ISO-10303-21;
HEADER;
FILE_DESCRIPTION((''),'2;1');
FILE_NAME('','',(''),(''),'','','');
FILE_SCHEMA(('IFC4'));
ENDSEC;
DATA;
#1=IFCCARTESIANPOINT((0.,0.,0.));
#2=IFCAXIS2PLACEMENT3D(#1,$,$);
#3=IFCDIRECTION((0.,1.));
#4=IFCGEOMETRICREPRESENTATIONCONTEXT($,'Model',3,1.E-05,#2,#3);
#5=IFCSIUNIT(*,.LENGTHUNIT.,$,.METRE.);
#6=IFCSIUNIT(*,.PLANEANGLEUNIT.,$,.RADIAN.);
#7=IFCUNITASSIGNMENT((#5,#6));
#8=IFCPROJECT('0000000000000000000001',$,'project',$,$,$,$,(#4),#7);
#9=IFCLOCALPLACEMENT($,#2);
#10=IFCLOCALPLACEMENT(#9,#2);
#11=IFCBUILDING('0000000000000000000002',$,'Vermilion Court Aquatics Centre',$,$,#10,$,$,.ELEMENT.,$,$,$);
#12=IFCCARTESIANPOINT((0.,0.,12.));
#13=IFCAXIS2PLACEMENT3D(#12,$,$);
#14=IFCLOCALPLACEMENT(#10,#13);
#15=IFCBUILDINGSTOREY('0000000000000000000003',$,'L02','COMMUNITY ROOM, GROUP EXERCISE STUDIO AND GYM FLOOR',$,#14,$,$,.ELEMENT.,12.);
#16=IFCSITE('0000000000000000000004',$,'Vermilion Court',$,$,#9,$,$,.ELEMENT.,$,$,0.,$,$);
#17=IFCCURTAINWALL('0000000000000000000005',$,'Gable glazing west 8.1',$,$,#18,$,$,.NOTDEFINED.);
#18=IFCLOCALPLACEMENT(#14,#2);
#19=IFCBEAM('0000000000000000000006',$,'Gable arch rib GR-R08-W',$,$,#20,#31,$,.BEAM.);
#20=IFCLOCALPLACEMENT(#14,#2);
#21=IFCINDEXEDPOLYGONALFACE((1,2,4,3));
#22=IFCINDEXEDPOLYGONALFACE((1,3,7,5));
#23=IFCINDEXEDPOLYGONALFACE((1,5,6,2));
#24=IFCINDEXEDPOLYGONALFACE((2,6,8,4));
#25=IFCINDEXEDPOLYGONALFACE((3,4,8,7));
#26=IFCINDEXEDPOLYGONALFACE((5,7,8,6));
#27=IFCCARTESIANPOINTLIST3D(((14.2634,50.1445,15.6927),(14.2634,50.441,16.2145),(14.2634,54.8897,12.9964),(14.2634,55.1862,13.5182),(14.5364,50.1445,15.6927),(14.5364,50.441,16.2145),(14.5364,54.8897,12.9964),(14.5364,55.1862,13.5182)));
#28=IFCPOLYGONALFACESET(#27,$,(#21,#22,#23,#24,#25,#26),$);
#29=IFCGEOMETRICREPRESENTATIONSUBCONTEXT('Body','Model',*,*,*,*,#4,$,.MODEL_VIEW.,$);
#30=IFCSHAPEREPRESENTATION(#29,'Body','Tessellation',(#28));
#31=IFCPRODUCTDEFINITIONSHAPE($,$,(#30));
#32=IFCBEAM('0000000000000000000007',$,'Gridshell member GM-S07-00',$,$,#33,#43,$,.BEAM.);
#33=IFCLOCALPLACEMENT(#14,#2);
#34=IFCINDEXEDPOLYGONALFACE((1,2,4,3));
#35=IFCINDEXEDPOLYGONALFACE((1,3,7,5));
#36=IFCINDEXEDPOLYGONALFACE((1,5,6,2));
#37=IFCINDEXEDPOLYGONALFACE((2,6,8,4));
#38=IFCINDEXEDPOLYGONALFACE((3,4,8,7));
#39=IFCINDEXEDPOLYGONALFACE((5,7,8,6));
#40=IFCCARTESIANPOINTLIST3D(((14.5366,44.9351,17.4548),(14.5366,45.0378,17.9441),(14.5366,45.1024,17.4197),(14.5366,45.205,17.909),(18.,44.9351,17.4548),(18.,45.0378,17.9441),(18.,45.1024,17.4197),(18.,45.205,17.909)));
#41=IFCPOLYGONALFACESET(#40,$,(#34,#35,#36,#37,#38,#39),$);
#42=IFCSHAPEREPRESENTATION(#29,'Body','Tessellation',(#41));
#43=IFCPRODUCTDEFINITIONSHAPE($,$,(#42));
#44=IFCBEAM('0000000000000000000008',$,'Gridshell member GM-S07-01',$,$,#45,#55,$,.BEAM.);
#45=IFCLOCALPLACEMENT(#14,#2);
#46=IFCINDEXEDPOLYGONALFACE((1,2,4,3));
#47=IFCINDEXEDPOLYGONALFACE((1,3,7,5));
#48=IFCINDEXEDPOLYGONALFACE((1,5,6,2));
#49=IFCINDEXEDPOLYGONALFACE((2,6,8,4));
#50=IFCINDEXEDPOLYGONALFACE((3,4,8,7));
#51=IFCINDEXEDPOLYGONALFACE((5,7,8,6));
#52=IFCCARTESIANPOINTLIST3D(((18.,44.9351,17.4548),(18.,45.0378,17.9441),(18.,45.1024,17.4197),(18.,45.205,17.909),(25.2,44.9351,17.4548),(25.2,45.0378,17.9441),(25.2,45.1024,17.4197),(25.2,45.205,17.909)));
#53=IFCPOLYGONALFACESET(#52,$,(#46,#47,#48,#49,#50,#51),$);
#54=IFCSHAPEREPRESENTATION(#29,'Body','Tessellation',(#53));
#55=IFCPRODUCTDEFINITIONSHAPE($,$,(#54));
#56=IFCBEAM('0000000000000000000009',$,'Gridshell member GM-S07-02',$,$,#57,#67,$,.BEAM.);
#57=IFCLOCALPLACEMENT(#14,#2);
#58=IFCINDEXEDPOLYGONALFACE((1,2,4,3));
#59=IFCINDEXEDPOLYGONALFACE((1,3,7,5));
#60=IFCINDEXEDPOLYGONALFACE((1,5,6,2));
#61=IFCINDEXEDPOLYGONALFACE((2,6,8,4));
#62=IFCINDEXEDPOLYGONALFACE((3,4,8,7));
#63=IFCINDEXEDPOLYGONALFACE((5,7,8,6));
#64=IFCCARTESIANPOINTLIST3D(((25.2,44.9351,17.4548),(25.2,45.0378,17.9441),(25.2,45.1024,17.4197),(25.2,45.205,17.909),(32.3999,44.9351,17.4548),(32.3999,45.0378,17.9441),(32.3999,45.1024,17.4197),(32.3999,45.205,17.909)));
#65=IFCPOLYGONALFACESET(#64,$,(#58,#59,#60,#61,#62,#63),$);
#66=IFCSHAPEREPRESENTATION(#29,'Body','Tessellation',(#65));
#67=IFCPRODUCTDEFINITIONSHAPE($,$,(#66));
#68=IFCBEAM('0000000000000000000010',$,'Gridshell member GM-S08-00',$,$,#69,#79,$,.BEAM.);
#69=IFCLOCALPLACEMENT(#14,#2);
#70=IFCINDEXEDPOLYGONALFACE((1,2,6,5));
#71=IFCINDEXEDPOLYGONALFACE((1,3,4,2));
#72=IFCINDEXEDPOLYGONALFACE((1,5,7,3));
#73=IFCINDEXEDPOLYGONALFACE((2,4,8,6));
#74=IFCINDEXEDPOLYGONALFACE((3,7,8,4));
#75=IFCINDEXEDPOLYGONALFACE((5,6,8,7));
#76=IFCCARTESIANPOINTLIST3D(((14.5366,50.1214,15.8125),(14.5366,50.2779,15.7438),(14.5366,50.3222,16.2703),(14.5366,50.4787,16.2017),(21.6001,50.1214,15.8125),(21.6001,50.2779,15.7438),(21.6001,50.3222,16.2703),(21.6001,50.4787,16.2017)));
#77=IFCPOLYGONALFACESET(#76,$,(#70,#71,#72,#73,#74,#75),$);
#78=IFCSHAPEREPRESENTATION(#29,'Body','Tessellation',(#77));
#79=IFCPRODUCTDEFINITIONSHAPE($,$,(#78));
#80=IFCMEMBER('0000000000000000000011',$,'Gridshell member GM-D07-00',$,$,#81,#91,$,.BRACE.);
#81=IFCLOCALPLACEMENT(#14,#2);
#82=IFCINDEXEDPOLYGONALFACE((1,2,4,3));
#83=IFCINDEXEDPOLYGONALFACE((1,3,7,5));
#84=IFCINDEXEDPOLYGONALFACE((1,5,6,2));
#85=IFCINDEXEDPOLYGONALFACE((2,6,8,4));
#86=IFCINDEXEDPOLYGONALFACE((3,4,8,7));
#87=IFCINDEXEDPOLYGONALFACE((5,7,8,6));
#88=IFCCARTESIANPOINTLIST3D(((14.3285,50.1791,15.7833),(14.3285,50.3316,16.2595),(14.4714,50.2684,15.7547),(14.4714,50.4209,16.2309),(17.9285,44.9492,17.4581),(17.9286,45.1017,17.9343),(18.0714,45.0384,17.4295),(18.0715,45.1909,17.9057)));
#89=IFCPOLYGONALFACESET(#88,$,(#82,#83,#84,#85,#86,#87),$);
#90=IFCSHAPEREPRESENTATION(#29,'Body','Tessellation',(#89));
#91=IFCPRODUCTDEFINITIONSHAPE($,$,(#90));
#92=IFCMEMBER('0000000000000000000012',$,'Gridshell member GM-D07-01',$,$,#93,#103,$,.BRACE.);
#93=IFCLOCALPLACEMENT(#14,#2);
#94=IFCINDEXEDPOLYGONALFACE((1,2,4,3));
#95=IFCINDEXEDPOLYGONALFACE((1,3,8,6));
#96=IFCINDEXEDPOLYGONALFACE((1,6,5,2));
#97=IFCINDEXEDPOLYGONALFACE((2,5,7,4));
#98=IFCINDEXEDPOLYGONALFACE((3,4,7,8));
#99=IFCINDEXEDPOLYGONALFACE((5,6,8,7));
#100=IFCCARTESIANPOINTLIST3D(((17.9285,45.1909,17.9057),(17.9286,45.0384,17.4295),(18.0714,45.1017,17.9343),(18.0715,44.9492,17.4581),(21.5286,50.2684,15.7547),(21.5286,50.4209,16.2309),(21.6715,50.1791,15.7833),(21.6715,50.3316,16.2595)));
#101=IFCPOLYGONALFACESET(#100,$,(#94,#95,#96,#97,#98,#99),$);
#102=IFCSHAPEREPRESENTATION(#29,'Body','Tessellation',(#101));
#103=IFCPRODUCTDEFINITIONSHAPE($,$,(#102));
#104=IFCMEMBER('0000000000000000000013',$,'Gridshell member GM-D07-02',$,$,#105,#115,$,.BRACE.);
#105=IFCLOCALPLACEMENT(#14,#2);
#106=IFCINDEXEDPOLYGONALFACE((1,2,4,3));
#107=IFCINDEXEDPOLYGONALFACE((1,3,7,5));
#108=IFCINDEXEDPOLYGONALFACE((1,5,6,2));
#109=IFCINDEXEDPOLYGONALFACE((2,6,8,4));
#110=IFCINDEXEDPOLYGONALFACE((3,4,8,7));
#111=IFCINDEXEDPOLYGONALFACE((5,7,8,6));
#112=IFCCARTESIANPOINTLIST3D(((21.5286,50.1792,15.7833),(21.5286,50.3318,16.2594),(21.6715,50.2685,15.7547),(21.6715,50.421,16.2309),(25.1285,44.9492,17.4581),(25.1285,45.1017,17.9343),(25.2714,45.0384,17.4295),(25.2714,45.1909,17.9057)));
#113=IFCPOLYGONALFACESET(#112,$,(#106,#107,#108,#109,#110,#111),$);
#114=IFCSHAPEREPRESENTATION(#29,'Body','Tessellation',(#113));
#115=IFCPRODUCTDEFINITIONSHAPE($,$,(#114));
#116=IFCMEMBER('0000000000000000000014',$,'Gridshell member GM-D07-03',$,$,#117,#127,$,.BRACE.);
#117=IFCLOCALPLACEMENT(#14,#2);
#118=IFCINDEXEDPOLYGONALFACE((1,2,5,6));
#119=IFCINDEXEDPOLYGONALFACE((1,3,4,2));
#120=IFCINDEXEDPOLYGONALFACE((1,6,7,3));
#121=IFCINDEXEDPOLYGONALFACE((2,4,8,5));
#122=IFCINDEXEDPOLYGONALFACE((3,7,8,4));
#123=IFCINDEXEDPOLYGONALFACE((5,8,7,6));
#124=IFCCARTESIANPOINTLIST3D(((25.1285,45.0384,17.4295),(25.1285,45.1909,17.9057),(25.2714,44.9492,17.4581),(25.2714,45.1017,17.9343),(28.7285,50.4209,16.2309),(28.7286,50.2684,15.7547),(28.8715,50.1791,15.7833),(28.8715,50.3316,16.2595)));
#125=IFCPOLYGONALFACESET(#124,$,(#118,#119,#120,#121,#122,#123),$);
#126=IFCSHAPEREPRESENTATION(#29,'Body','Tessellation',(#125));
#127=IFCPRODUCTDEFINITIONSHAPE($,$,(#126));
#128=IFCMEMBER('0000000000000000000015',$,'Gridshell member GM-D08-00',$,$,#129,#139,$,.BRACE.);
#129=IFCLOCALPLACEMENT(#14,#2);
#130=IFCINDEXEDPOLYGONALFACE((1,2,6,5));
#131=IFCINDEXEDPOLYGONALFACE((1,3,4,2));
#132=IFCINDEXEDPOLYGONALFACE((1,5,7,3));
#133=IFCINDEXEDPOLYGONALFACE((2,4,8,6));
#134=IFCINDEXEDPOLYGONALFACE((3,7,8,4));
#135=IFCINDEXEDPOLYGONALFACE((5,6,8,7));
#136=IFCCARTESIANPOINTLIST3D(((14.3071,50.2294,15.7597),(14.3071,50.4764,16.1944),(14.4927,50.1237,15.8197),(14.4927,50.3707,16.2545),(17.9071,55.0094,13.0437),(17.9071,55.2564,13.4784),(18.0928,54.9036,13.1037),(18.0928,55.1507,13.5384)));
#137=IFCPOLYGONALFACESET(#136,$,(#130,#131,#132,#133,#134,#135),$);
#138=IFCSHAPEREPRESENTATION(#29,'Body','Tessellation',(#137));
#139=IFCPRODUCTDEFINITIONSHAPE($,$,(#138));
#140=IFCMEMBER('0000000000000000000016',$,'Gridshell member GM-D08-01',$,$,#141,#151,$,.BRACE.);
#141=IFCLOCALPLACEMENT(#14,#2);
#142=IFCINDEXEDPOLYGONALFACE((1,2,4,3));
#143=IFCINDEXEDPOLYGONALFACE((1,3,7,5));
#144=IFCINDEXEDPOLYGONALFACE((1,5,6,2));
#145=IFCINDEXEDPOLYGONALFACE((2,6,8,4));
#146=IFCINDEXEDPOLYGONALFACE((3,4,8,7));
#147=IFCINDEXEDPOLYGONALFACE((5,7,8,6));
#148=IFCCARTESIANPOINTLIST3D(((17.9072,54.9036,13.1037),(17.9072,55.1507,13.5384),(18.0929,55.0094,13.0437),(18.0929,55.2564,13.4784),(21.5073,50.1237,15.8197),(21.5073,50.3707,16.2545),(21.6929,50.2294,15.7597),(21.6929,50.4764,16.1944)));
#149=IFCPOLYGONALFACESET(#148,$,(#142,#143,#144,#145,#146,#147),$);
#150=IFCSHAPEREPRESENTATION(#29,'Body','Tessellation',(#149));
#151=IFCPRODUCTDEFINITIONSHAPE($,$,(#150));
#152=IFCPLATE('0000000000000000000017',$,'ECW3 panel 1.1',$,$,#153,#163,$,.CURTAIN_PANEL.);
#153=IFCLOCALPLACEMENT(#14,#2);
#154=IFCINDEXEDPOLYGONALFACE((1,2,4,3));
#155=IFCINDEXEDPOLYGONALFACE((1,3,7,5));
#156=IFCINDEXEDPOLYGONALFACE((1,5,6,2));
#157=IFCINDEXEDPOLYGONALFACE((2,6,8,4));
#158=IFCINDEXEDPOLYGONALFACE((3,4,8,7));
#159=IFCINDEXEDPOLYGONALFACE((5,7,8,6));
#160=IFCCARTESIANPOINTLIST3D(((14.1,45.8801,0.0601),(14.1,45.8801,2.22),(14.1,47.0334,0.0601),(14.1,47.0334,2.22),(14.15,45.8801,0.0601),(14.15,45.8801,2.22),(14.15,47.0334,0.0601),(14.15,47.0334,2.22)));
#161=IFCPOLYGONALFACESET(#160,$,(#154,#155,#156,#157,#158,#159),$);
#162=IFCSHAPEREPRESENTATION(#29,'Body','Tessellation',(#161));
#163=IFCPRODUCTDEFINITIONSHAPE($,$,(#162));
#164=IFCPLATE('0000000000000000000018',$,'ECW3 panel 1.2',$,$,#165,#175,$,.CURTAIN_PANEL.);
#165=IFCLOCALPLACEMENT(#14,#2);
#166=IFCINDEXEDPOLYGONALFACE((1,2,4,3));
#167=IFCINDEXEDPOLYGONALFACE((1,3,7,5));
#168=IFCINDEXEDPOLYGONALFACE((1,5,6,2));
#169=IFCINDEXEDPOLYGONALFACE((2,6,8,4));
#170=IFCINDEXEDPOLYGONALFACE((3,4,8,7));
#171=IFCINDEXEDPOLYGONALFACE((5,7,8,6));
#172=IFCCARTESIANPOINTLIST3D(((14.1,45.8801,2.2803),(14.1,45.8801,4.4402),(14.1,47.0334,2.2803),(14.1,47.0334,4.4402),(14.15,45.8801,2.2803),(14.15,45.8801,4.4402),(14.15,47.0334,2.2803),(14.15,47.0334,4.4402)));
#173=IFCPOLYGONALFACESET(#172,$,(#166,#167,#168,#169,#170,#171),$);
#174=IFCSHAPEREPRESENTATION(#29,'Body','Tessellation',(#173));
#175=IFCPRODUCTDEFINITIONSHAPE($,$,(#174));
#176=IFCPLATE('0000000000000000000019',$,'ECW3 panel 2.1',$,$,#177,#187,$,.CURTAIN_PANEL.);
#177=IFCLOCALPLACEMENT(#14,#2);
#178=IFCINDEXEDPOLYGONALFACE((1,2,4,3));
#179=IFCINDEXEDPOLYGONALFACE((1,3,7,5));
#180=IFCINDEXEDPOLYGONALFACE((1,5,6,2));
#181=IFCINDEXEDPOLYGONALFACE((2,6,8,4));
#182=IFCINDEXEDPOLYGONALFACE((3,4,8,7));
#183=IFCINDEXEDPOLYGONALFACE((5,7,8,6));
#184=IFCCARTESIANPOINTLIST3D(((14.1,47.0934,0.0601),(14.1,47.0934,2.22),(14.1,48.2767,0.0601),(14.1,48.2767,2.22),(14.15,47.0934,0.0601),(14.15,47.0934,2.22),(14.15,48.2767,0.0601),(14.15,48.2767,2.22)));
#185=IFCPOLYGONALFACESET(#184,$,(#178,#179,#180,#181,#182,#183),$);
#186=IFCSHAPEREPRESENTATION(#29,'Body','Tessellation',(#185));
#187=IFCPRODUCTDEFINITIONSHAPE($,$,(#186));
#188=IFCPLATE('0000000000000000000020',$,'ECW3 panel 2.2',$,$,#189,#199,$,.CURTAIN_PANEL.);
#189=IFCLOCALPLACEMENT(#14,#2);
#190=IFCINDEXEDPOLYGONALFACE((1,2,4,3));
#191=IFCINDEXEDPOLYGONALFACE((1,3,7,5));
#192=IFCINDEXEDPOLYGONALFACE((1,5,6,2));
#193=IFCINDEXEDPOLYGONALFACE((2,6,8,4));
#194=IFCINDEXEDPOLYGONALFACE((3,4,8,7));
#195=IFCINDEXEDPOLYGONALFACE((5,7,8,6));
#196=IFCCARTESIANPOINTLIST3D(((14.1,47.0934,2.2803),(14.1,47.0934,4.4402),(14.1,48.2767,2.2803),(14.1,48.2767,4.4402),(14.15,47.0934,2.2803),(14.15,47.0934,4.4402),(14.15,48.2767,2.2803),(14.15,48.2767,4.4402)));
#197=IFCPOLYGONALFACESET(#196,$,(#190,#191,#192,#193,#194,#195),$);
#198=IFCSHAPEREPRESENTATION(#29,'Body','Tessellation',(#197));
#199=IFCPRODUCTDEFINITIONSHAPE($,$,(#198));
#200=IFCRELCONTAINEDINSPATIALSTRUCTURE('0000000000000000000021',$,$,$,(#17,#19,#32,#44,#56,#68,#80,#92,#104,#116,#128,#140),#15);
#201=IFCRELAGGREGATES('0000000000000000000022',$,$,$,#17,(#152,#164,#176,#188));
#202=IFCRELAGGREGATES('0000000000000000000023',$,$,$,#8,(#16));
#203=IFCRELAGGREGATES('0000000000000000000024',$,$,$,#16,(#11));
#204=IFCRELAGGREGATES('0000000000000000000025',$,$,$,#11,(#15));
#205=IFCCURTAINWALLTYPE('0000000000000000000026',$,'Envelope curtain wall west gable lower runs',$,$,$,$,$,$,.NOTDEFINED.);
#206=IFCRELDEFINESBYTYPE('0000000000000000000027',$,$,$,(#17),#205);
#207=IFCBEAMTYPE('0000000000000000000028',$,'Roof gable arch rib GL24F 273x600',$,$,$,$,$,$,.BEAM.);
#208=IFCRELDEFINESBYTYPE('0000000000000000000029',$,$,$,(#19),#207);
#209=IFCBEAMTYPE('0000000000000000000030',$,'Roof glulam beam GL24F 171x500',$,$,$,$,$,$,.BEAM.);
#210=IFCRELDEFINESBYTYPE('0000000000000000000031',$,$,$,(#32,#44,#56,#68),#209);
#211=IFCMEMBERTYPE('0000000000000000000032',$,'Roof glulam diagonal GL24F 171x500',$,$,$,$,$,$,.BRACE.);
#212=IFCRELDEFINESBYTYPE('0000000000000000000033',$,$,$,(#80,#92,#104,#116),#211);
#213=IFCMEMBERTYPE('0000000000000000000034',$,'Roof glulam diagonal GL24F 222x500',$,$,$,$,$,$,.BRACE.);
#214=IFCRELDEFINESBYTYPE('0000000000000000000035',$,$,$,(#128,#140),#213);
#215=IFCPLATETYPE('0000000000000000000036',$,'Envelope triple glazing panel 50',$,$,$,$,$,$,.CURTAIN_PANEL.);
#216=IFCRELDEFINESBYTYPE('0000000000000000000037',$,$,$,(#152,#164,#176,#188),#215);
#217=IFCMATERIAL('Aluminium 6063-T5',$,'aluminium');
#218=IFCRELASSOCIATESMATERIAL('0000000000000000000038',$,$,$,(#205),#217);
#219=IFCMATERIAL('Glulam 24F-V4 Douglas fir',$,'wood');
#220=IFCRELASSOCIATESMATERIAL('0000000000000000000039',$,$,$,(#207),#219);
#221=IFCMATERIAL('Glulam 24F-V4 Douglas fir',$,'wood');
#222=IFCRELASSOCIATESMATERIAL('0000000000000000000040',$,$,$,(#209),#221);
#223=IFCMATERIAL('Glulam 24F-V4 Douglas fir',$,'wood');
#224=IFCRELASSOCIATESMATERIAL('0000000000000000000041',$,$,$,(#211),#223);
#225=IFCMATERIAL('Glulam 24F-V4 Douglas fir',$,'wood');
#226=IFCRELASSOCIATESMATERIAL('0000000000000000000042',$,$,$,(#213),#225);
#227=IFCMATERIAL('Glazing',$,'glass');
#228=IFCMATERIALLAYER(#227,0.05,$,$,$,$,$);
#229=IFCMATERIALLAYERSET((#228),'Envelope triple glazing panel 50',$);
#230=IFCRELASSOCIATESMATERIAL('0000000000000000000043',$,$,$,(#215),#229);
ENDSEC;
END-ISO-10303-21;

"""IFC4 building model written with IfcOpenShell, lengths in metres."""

from ifc_helpers import new_model, si_unit, direction, frame, origin, origin_2d, place, context, subcontext, project, spatial, rectangle, extrude, material, layer, layer_set, material_profile, profile_set, type_object, element, aggregate, save


model = new_model("IFC4")

# Units and contexts
model_context = context("Model", 3, precision=1e-05, world=origin(), true_north=direction((0.0, 1.0)))
body_context = subcontext(model_context, "Body", "Model", "MODEL_VIEW")
ifc_project = project(units=[si_unit("LENGTHUNIT", "METRE"), si_unit("PLANEANGLEUNIT", "RADIAN")], contexts=[model_context])

# Site, building, storey
site_placement = place(None, origin())
site = spatial("IfcSite", under=ifc_project, at=site_placement, Name="Vermilion Court", CompositionType="ELEMENT", RefElevation=0.0)
building_placement = place(site_placement, origin())
building = spatial("IfcBuilding", under=site, at=building_placement, Name="Vermilion Court Aquatics Centre", CompositionType="ELEMENT")
storey_placement = place(building_placement, frame((0.0, 0.0, 12.0)))
storey = spatial("IfcBuildingStorey", under=building, at=storey_placement, Name="L02", Description="COMMUNITY ROOM, GROUP EXERCISE STUDIO AND GYM FLOOR", CompositionType="ELEMENT", Elevation=12.0)

# Curtain wall
ifc_material_1 = material(Name="Aluminium 6063-T5", Category="aluminium")
curtain_wall_type = type_object("IfcCurtainWallType", Name="Envelope curtain wall west gable lower runs", PredefinedType="NOTDEFINED", material=ifc_material_1)
curtain_wall_placement = place(storey_placement, origin())
curtain_wall = element("IfcCurtainWall", 1, at=curtain_wall_placement, inside=storey, type_object=curtain_wall_type, Name="Gable glazing west 8.1", PredefinedType="NOTDEFINED")

# Beams
ifc_material_2 = material(Name="Glulam 24F-V4 Douglas fir", Category="wood")
ifc_material_profile_1 = material_profile(ifc_material_2, rectangle(XDim=0.2729, YDim=0.6001, at=origin_2d()), Name="GL24F 273x600")
ifc_profile_set_1 = profile_set([ifc_material_profile_1], Name="Glulam 24F-V4 Douglas fir")
beam_type_1 = type_object("IfcBeamType", Name="Roof gable arch rib GL24F 273x600", PredefinedType="BEAM", material=ifc_profile_set_1)
beam_1_placement = place(storey_placement, frame((14.3999, 50.2927, 15.9536), z_axis=(0.0, 0.869441, -0.494037), x_axis=(-1.0, 0.0, 0.0)))
element("IfcBeam", 2, at=beam_1_placement, inside=storey, type_object=beam_type_1, Name="Gable arch rib GR-R08-W", PredefinedType="BEAM", context=body_context, shape_type="SweptSolid", body=[
    extrude(rectangle(XDim=0.2729, YDim=0.6001, at=origin_2d()), origin(), (0.0, 0.0, 1.0), 5.4578),
])
ifc_material_3 = material(Name="Glulam 24F-V4 Douglas fir", Category="wood")
ifc_material_profile_2 = material_profile(ifc_material_3, rectangle(XDim=0.1709, YDim=0.5, at=origin_2d()), Name="GL24F 171x500")
ifc_profile_set_2 = profile_set([ifc_material_profile_2], Name="Glulam 24F-V4 Douglas fir")
beam_type_2 = type_object("IfcBeamType", Name="Roof glulam beam GL24F 171x500", PredefinedType="BEAM", material=ifc_profile_set_2)
beam_2_placement = place(storey_placement, frame((14.5366, 45.0701, 17.6819), z_axis=(1.0, 0.0, 0.0), x_axis=(0.0, 0.978692, -0.205333)))
element("IfcBeam", 3, at=beam_2_placement, inside=storey, type_object=beam_type_2, Name="Gridshell member GM-S07-00", PredefinedType="BEAM", context=body_context, shape_type="SweptSolid", body=[
    extrude(rectangle(XDim=0.1709, YDim=0.5, at=origin_2d()), origin(), (0.0, 0.0, 1.0), 3.4634),
])
for number, where, z_axis, x_axis, name in (
    (4, (18.0, 45.0701, 17.6819), (1.0, 0.0, 0.0), (0.0, 0.978692, -0.205333), "Gridshell member GM-S07-01"),
    (5, (25.2, 45.0701, 17.6819), (1.0, 0.0, 0.0), (0.0, 0.978692, -0.205333), "Gridshell member GM-S07-02"),
):
    element("IfcBeam", number, at=place(storey_placement, frame(where, z_axis=z_axis, x_axis=x_axis)), inside=storey, type_object=beam_type_2, Name=name, PredefinedType="BEAM", context=body_context, shape_type="SweptSolid", body=[
        extrude(rectangle(XDim=0.1709, YDim=0.5, at=origin_2d()), origin(), (0.0, 0.0, 1.0), 7.2),
    ])
beam_3_placement = place(storey_placement, frame((14.5366, 50.3, 16.0071), z_axis=(1.0, 0.0, 0.0), x_axis=(0.0, 0.915794, -0.401648)))
element("IfcBeam", 6, at=beam_3_placement, inside=storey, type_object=beam_type_2, Name="Gridshell member GM-S08-00", PredefinedType="BEAM", context=body_context, shape_type="SweptSolid", body=[
    extrude(rectangle(XDim=0.1709, YDim=0.5, at=origin_2d()), origin(), (0.0, 0.0, 1.0), 7.0635),
])

# Members
ifc_material_4 = material(Name="Glulam 24F-V4 Douglas fir", Category="wood")
ifc_material_profile_3 = material_profile(ifc_material_4, rectangle(XDim=0.1709, YDim=0.5, at=origin_2d()), Name="GL24F 171x500")
ifc_profile_set_3 = profile_set([ifc_material_profile_3], Name="Glulam 24F-V4 Douglas fir")
member_type_1 = type_object("IfcMemberType", Name="Roof glulam diagonal GL24F 171x500", PredefinedType="BRACE", material=ifc_profile_set_3)
for number, where, z_axis, x_axis, name in (
    (7, (18.0, 45.0701, 17.6819), (-0.548256, 0.796469, -0.255055), (-0.836311, -0.522113, 0.167278), "Gridshell member GM-D07-00"),
    (8, (18.0, 45.0701, 17.6819), (0.548256, 0.796469, -0.255055), (-0.836311, 0.522113, -0.167278), "Gridshell member GM-D07-01"),
    (9, (25.2, 45.0701, 17.6819), (-0.54823, 0.796485, -0.25506), (-0.836328, -0.522086, 0.167278), "Gridshell member GM-D07-02"),
    (10, (25.2, 45.0701, 17.6819), (0.548256, 0.796469, -0.255055), (-0.836311, 0.522113, -0.167278), "Gridshell member GM-D07-03"),
):
    element("IfcMember", number, at=place(storey_placement, frame(where, z_axis=z_axis, x_axis=x_axis)), inside=storey, type_object=member_type_1, Name=name, PredefinedType="BRACE", context=body_context, shape_type="SweptSolid", body=[
        extrude(rectangle(XDim=0.1709, YDim=0.5, at=origin_2d()), origin(), (0.0, 0.0, 1.0), 6.5664),
    ])
ifc_material_5 = material(Name="Glulam 24F-V4 Douglas fir", Category="wood")
ifc_material_profile_4 = material_profile(ifc_material_5, rectangle(XDim=0.2219, YDim=0.5, at=origin_2d()), Name="GL24F 222x500")
ifc_profile_set_4 = profile_set([ifc_material_profile_4], Name="Glulam 24F-V4 Douglas fir")
member_type_2 = type_object("IfcMemberType", Name="Roof glulam diagonal GL24F 222x500", PredefinedType="BRACE", material=ifc_profile_set_4)
for number, where, z_axis, x_axis, name in (
    (11, (14.3999, 50.3, 16.0071), (0.547824, 0.727373, -0.413301), (-0.836594, 0.476314, -0.270621), "Gridshell member GM-D08-00"),
    (12, (21.6001, 50.3, 16.0071), (-0.547824, 0.727373, -0.413301), (-0.836594, -0.476314, 0.270621), "Gridshell member GM-D08-01"),
):
    element("IfcMember", number, at=place(storey_placement, frame(where, z_axis=z_axis, x_axis=x_axis)), inside=storey, type_object=member_type_2, Name=name, PredefinedType="BRACE", context=body_context, shape_type="SweptSolid", body=[
        extrude(rectangle(XDim=0.2219, YDim=0.5, at=origin_2d()), origin(), (0.0, 0.0, 1.0), 6.5715),
    ])

# Plates
ifc_material_6 = material(Name="Glazing", Category="glass")
ifc_layer_1 = layer(ifc_material_6, 0.05)
ifc_layer_set_1 = layer_set([ifc_layer_1], Name="Envelope triple glazing panel 50")
plate_type = type_object("IfcPlateType", Name="Envelope triple glazing panel 50", PredefinedType="CURTAIN_PANEL", material=ifc_layer_set_1)
plate_1_placement = place(storey_placement, frame((14.125, 46.4568, 0.0601), z_axis=(0.0, 0.0, 1.0), x_axis=(0.0, 1.0, 0.0)))
plate_1 = element("IfcPlate", 13, at=plate_1_placement, type_object=plate_type, Name="ECW3 panel 1.1", PredefinedType="CURTAIN_PANEL", context=body_context, shape_type="SweptSolid", body=[
    extrude(rectangle(XDim=1.1533, YDim=0.05, at=origin_2d()), origin(), (0.0, 0.0, 1.0), 2.1599),
])
plate_2_placement = place(storey_placement, frame((14.125, 46.4568, 2.2803), z_axis=(0.0, 0.0, 1.0), x_axis=(0.0, 1.0, 0.0)))
plate_2 = element("IfcPlate", 14, at=plate_2_placement, type_object=plate_type, Name="ECW3 panel 1.2", PredefinedType="CURTAIN_PANEL", context=body_context, shape_type="SweptSolid", body=[
    extrude(rectangle(XDim=1.1533, YDim=0.05, at=origin_2d()), origin(), (0.0, 0.0, 1.0), 2.1599),
])
plate_3_placement = place(storey_placement, frame((14.125, 47.6851, 0.0601), z_axis=(0.0, 0.0, 1.0), x_axis=(0.0, 1.0, 0.0)))
plate_3 = element("IfcPlate", 15, at=plate_3_placement, type_object=plate_type, Name="ECW3 panel 2.1", PredefinedType="CURTAIN_PANEL", context=body_context, shape_type="SweptSolid", body=[
    extrude(rectangle(XDim=1.1833, YDim=0.05, at=origin_2d()), origin(), (0.0, 0.0, 1.0), 2.1599),
])
plate_4_placement = place(storey_placement, frame((14.125, 47.6851, 2.2803), z_axis=(0.0, 0.0, 1.0), x_axis=(0.0, 1.0, 0.0)))
plate_4 = element("IfcPlate", 16, at=plate_4_placement, type_object=plate_type, Name="ECW3 panel 2.2", PredefinedType="CURTAIN_PANEL", context=body_context, shape_type="SweptSolid", body=[
    extrude(rectangle(XDim=1.1833, YDim=0.05, at=origin_2d()), origin(), (0.0, 0.0, 1.0), 2.1599),
])
aggregate(curtain_wall, [plate_1, plate_2, plate_3, plate_4])

save(model, "model.ifc")
